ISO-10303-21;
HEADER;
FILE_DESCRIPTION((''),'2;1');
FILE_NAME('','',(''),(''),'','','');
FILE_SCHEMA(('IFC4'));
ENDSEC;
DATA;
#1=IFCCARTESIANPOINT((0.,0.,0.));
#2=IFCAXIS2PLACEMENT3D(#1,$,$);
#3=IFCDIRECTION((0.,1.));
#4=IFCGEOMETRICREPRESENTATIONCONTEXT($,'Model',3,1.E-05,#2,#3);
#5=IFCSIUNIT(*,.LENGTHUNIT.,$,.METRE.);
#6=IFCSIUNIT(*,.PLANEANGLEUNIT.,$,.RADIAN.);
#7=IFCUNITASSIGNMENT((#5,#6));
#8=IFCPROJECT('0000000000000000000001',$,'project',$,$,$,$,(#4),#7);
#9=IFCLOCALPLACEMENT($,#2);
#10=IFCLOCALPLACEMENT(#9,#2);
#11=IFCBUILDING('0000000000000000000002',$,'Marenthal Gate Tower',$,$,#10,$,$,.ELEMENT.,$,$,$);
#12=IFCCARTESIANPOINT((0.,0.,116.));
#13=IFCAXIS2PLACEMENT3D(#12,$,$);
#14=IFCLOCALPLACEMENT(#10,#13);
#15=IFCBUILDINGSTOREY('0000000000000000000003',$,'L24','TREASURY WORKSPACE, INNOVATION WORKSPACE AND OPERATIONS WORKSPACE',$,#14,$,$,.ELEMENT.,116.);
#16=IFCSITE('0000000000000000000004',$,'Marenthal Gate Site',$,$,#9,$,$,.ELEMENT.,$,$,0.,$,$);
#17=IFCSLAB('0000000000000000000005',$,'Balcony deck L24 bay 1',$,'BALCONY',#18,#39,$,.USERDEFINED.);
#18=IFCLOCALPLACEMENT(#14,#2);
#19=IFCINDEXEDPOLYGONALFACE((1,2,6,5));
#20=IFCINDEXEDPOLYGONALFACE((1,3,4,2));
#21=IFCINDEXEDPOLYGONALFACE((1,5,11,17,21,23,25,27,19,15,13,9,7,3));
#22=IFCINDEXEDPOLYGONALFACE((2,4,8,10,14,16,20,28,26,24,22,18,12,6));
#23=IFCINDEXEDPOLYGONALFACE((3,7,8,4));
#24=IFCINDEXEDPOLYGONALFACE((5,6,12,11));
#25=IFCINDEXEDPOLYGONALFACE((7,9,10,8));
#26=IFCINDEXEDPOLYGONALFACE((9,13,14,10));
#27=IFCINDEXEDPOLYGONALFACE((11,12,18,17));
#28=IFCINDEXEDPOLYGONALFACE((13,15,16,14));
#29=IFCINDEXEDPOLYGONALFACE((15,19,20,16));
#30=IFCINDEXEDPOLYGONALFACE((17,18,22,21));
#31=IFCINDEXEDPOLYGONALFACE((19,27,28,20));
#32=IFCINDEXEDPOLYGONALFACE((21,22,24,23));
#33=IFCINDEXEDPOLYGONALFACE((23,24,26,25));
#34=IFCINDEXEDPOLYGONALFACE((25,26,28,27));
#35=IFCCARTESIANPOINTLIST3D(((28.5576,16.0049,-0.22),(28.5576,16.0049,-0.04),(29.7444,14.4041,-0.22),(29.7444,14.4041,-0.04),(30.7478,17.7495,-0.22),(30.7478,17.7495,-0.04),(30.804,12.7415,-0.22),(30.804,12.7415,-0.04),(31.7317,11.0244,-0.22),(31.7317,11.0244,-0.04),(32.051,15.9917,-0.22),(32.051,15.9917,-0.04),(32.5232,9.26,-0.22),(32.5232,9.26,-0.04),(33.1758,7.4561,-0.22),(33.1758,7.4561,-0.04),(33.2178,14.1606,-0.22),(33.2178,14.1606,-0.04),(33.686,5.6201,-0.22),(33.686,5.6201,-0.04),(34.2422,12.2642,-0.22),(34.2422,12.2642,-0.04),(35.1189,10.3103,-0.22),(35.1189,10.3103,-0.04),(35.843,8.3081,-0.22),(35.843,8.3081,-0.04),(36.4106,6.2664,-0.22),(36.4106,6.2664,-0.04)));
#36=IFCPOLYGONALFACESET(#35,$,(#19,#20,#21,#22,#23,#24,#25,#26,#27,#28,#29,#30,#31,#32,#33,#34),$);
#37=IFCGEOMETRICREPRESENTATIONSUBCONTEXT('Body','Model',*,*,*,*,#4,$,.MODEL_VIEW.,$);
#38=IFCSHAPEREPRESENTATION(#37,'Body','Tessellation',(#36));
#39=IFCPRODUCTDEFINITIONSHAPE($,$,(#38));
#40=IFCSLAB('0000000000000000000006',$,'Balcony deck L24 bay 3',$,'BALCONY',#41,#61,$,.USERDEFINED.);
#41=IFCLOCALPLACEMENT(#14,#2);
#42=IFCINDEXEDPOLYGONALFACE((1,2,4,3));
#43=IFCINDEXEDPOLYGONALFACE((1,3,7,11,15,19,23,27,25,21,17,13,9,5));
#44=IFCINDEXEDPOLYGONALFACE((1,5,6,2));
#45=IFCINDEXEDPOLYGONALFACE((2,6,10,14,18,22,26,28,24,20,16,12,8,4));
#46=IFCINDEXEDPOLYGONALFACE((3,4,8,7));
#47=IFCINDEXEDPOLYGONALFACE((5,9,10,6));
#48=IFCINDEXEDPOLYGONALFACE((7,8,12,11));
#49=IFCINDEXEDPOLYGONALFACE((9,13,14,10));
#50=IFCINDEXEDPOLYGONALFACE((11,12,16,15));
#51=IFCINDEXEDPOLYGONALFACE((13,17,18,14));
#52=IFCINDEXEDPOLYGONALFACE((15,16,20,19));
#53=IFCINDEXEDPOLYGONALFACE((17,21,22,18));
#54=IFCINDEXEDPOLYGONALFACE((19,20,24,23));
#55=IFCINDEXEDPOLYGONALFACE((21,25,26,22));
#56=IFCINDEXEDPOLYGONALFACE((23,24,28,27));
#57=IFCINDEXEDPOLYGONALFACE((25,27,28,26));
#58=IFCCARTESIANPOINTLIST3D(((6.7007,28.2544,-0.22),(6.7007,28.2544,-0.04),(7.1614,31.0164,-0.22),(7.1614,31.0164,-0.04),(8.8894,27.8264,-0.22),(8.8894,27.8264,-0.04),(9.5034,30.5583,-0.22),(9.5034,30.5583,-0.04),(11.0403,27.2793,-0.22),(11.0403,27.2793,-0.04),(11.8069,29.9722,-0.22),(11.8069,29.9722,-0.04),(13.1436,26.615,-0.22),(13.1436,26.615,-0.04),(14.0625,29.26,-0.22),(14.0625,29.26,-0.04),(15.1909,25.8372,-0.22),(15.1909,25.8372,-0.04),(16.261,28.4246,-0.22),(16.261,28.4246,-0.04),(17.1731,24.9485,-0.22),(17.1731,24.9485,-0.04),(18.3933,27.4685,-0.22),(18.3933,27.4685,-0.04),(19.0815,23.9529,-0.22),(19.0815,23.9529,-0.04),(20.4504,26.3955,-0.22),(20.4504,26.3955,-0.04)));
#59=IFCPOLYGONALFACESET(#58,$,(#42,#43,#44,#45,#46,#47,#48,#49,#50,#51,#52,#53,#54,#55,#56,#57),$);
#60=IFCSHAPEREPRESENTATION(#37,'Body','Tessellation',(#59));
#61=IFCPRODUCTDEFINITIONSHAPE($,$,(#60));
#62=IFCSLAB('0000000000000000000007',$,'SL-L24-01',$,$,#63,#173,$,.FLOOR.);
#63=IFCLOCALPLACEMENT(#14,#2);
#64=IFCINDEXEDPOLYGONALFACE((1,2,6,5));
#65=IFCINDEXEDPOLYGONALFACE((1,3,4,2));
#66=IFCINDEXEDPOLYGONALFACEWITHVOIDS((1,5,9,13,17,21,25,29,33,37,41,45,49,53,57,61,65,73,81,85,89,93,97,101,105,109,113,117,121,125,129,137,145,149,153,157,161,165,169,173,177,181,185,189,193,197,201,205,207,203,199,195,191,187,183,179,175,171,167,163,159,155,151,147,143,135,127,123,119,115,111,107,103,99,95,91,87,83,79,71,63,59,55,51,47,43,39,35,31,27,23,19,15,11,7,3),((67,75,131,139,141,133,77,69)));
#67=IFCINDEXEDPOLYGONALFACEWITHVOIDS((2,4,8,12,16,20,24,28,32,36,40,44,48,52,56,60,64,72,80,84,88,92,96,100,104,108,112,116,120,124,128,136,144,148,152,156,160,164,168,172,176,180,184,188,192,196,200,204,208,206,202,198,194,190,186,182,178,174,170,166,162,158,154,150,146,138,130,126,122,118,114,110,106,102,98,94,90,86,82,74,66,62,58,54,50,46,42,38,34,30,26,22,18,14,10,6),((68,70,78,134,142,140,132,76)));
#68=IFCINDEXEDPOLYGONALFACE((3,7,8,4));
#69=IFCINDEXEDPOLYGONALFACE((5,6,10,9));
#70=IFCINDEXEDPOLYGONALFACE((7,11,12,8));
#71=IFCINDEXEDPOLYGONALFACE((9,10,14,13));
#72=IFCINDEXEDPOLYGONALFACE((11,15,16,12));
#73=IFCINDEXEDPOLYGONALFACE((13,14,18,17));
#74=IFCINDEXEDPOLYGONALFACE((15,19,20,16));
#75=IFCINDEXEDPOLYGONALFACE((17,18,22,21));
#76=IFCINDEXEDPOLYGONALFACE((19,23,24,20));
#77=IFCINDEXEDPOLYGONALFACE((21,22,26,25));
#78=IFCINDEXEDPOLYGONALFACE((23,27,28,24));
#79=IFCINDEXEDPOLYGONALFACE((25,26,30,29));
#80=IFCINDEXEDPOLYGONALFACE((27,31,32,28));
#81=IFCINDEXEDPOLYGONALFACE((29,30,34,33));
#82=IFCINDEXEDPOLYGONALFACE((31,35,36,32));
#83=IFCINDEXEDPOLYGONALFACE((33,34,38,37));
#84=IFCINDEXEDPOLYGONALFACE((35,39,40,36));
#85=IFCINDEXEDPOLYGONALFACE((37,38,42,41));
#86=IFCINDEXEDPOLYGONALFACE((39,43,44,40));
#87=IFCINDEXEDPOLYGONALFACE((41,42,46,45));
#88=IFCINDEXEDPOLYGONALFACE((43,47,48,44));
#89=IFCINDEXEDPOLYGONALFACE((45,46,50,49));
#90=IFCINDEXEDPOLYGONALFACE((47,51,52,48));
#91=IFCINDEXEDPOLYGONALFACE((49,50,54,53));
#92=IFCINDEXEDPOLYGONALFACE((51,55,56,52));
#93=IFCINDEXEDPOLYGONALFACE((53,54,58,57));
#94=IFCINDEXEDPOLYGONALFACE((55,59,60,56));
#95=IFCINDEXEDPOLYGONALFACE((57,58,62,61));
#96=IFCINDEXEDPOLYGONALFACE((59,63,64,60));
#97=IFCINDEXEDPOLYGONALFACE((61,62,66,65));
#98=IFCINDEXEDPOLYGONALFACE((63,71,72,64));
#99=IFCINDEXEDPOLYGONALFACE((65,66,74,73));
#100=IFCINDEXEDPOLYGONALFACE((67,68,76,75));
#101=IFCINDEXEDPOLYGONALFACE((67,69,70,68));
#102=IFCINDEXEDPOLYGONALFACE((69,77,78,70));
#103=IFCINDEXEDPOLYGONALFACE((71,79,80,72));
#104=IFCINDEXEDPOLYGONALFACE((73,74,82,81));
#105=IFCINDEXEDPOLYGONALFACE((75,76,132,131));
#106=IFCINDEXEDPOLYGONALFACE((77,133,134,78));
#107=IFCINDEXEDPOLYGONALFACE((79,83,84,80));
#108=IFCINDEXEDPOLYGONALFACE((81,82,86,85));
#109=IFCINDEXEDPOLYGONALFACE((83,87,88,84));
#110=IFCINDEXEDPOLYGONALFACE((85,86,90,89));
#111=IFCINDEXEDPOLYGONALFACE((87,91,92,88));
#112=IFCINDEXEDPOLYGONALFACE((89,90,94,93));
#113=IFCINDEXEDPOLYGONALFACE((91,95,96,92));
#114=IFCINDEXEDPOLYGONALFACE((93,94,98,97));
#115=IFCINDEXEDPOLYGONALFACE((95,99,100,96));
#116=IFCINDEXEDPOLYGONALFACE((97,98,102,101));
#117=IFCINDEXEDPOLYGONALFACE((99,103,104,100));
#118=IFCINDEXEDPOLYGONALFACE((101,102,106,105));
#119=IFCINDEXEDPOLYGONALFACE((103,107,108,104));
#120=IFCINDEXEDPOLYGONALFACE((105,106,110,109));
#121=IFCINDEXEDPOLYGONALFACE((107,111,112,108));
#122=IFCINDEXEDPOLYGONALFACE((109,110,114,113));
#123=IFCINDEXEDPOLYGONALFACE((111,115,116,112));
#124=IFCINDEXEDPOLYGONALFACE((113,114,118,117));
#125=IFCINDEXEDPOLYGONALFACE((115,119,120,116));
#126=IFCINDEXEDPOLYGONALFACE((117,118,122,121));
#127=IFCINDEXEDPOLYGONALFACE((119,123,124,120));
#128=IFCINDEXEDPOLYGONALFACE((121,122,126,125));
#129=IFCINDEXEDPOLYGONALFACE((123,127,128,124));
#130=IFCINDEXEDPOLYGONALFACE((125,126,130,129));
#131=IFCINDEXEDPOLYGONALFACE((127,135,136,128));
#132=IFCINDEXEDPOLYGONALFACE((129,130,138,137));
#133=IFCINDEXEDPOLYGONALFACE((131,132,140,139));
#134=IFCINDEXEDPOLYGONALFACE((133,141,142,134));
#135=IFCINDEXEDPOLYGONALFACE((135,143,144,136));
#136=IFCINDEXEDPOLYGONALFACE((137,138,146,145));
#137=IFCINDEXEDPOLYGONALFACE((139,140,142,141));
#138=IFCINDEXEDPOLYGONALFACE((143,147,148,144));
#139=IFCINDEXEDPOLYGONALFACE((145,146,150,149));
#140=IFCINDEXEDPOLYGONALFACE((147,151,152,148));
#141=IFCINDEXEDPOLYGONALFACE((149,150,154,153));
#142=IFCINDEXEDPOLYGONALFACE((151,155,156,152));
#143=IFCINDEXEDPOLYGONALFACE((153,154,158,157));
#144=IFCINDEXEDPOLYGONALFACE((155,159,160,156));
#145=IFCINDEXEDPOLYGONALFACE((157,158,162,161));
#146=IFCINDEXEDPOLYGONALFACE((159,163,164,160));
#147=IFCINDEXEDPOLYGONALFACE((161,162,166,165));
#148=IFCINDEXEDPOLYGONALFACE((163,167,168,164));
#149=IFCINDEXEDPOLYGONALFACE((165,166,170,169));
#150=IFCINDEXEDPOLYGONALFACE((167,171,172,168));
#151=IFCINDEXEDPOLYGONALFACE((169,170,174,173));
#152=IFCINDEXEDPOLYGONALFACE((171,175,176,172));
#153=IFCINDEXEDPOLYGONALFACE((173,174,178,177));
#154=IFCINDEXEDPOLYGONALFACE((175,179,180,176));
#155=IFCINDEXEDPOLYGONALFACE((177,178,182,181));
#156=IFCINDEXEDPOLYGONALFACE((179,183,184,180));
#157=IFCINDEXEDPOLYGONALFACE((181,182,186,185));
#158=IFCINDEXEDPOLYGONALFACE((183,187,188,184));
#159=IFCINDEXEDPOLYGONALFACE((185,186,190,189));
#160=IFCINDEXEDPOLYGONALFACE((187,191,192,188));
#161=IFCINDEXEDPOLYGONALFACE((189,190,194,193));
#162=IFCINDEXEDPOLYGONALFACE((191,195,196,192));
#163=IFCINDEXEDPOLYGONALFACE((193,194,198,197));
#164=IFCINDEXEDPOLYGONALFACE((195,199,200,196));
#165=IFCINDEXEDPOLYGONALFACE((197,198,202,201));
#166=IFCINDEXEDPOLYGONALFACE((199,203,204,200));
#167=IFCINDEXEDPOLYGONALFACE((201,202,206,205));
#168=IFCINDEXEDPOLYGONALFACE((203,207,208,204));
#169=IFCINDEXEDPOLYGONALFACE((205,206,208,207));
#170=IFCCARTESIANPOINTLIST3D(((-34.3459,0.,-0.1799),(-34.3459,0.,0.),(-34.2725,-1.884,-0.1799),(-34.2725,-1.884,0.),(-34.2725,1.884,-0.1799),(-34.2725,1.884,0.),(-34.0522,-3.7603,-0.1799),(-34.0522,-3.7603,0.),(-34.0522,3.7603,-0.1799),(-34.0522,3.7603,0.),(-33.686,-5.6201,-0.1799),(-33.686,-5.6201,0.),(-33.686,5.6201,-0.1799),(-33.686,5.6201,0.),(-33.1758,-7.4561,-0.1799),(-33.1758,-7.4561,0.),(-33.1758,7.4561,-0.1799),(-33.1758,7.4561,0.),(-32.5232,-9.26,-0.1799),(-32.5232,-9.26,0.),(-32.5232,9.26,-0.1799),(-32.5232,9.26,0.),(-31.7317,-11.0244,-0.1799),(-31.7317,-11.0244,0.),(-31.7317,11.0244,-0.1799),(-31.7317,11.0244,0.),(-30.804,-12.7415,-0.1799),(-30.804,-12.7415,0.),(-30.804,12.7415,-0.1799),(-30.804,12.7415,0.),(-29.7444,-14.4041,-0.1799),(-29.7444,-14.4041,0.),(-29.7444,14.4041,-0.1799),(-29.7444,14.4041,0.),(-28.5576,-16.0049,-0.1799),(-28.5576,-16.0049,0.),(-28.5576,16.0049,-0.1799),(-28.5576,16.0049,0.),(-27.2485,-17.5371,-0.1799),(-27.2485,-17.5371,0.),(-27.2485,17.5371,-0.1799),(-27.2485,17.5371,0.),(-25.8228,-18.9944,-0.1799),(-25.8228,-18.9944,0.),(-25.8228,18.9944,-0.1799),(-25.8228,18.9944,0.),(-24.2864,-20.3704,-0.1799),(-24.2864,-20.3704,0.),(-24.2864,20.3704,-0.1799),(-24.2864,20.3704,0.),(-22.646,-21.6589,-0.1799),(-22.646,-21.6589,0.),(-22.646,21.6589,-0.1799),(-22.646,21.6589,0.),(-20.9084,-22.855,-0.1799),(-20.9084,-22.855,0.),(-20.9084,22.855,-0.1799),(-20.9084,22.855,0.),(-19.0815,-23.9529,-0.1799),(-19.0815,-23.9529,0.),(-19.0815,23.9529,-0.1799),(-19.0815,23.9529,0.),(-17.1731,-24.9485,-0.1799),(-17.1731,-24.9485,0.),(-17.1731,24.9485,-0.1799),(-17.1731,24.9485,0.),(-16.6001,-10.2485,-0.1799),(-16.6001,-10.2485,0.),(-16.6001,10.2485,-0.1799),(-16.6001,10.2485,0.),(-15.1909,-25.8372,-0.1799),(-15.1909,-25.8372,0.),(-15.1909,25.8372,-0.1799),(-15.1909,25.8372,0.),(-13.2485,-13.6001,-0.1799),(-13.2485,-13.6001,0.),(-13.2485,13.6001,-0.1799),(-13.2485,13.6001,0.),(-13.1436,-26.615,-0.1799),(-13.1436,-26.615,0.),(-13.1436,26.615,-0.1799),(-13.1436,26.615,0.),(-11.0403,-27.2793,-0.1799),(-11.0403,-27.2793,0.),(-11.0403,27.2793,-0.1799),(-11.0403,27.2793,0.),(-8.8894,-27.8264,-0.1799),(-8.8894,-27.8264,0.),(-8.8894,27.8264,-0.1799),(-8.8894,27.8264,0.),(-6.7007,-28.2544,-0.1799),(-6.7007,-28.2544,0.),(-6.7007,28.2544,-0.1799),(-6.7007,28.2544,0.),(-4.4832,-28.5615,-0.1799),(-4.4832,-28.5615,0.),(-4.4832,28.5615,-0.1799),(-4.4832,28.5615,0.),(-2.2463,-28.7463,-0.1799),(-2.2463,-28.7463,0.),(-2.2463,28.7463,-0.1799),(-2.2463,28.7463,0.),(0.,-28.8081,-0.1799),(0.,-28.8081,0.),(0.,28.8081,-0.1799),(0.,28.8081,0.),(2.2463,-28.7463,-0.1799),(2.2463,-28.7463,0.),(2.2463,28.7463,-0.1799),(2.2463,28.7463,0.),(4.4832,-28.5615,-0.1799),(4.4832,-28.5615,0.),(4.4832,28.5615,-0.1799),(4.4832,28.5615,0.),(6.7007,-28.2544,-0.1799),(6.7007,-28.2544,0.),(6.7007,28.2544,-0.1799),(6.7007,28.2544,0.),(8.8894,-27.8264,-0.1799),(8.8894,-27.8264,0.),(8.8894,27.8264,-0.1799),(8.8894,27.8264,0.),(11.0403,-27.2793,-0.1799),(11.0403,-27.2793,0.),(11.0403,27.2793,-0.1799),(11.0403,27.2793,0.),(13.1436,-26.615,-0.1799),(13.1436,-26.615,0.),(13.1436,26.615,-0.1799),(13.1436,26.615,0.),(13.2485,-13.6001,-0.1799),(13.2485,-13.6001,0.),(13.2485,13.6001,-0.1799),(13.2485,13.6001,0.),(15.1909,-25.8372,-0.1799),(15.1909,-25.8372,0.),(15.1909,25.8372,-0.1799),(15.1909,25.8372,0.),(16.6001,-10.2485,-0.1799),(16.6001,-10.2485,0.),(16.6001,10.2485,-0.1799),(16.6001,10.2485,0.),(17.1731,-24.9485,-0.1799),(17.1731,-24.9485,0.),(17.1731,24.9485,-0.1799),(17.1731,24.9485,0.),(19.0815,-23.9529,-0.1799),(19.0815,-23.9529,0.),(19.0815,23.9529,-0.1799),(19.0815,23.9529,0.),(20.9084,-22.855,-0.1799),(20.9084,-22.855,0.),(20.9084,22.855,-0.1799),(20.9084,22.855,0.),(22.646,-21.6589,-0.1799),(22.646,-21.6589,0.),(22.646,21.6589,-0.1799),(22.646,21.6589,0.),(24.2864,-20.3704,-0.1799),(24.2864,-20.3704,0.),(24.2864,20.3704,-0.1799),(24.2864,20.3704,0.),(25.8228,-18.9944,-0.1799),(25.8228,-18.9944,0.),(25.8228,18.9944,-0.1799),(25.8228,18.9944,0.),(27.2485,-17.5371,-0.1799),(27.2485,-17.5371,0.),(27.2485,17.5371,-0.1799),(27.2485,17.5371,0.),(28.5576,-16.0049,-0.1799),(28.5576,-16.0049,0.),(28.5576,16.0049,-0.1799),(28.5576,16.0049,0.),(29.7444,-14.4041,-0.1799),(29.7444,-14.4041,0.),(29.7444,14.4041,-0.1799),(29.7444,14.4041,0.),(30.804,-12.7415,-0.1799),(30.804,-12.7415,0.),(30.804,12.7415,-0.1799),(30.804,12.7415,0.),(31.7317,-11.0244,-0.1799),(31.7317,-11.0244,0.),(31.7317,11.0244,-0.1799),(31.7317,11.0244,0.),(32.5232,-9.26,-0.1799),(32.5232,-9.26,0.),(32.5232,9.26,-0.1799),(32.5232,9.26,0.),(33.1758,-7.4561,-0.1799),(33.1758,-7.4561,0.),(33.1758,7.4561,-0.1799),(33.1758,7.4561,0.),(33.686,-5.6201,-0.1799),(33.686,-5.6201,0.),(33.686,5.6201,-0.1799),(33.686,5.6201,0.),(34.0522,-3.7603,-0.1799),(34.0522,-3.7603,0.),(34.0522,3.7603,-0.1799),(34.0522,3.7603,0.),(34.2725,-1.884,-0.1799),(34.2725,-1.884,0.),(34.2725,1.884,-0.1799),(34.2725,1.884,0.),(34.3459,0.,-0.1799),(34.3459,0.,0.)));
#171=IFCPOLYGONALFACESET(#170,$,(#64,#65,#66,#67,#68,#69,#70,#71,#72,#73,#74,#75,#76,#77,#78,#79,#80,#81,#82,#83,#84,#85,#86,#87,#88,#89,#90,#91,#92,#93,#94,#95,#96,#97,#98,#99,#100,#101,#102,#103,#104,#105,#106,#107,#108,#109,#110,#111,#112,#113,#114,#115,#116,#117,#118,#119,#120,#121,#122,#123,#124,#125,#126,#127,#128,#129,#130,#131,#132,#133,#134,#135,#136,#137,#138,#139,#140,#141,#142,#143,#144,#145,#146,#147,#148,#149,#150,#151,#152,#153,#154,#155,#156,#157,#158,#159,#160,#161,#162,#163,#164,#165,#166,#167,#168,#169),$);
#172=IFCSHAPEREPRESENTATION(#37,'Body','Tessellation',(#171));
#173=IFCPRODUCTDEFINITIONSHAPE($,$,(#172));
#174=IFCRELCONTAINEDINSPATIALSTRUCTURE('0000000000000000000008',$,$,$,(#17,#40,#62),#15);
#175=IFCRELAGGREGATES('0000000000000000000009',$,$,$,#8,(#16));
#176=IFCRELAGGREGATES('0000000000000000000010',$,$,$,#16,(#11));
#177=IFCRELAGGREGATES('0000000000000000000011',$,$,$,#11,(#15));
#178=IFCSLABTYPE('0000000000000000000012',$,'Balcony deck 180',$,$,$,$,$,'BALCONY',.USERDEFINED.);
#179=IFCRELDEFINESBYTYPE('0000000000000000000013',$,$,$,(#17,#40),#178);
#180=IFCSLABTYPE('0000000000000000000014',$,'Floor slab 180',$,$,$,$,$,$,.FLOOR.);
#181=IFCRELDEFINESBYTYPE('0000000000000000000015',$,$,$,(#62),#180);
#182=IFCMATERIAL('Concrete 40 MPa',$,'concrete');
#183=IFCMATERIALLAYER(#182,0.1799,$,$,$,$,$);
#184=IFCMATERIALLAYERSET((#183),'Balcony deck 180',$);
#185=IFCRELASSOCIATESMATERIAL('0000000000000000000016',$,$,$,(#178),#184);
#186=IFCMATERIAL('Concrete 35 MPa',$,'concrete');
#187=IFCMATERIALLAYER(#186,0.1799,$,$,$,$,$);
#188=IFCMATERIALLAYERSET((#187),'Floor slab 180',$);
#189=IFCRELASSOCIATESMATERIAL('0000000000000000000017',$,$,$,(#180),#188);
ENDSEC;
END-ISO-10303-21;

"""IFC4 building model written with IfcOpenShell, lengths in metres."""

from ifc_helpers import new_model, si_unit, direction, frame, origin, place, context, subcontext, project, spatial, polyline, outline, extrude, material, layer, layer_set, type_object, element, save


model = new_model("IFC4")

# Units and contexts
model_context = context("Model", 3, precision=1e-05, world=origin(), true_north=direction((0.0, 1.0)))
body_context = subcontext(model_context, "Body", "Model", "MODEL_VIEW")
ifc_project = project(units=[si_unit("LENGTHUNIT", "METRE"), si_unit("PLANEANGLEUNIT", "RADIAN")], contexts=[model_context])

# Site, building, storey
site_placement = place(None, origin())
site = spatial("IfcSite", under=ifc_project, at=site_placement, Name="Marenthal Gate Site", CompositionType="ELEMENT", RefElevation=0.0)
building_placement = place(site_placement, origin())
building = spatial("IfcBuilding", under=site, at=building_placement, Name="Marenthal Gate Tower", CompositionType="ELEMENT")
storey_placement = place(building_placement, frame((0.0, 0.0, 116.0)))
storey = spatial("IfcBuildingStorey", under=building, at=storey_placement, Name="L24", Description="TREASURY WORKSPACE, INNOVATION WORKSPACE AND OPERATIONS WORKSPACE", CompositionType="ELEMENT", Elevation=116.0)

# Slabs
ifc_material_1 = material(Name="Concrete 40 MPa", Category="concrete")
ifc_layer_1 = layer(ifc_material_1, 0.1799)
ifc_layer_set_1 = layer_set([ifc_layer_1], Name="Balcony deck 180")
slab_type_1 = type_object("IfcSlabType", Name="Balcony deck 180", ElementType="BALCONY", PredefinedType="USERDEFINED", material=ifc_layer_set_1)
slab_1_placement = place(storey_placement, frame((0.0, 0.0, -0.22)))
element("IfcSlab", 1, at=slab_1_placement, inside=storey, type_object=slab_type_1, Name="Balcony deck L24 bay 1", ObjectType="BALCONY", PredefinedType="USERDEFINED", context=body_context, shape_type="SweptSolid", body=[
    extrude(outline(polyline([(33.686, 5.6201), (33.1758, 7.4561), (32.5232, 9.26), (31.7317, 11.0244), (30.804, 12.7415), (29.7444, 14.4041), (28.5576, 16.0049), (30.7478, 17.7495), (32.051, 15.9917), (33.2178, 14.1606), (34.2422, 12.2642), (35.1189, 10.3103), (35.843, 8.3081), (36.4106, 6.2664), (33.686, 5.6201)])), origin(), (0.0, 0.0, 1.0), 0.1799),
])
slab_2_placement = place(storey_placement, frame((0.0, 0.0, -0.22)))
element("IfcSlab", 2, at=slab_2_placement, inside=storey, type_object=slab_type_1, Name="Balcony deck L24 bay 3", ObjectType="BALCONY", PredefinedType="USERDEFINED", context=body_context, shape_type="SweptSolid", body=[
    extrude(outline(polyline([(19.0815, 23.9529), (17.1731, 24.9485), (15.1909, 25.8372), (13.1436, 26.615), (11.0403, 27.2793), (8.8894, 27.8264), (6.7007, 28.2544), (7.1614, 31.0164), (9.5034, 30.5583), (11.8069, 29.9722), (14.0625, 29.26), (16.261, 28.4246), (18.3933, 27.4685), (20.4504, 26.3955), (19.0815, 23.9529)])), origin(), (0.0, 0.0, 1.0), 0.1799),
])
ifc_material_2 = material(Name="Concrete 35 MPa", Category="concrete")
ifc_layer_2 = layer(ifc_material_2, 0.1799)
ifc_layer_set_2 = layer_set([ifc_layer_2], Name="Floor slab 180")
slab_type_2 = type_object("IfcSlabType", Name="Floor slab 180", PredefinedType="FLOOR", material=ifc_layer_set_2)
slab_3_placement = place(storey_placement, frame((0.0, 0.0, -0.1799)))
element("IfcSlab", 3, at=slab_3_placement, inside=storey, type_object=slab_type_2, Name="SL-L24-01", PredefinedType="FLOOR", context=body_context, shape_type="SweptSolid", body=[
    extrude(outline(polyline([(34.3459, 0.0), (34.2725, 1.884), (34.0522, 3.7603), (33.686, 5.6201), (33.1758, 7.4561), (32.5232, 9.26), (31.7317, 11.0244), (30.804, 12.7415), (29.7444, 14.4041), (28.5576, 16.0049), (27.2485, 17.5371), (25.8228, 18.9944), (24.2864, 20.3704), (22.646, 21.6589), (20.9084, 22.855), (19.0815, 23.9529), (17.1731, 24.9485), (15.1909, 25.8372), (13.1436, 26.615), (11.0403, 27.2793), (8.8894, 27.8264), (6.7007, 28.2544), (4.4832, 28.5615), (2.2463, 28.7463), (0.0, 28.8081), (-2.2463, 28.7463), (-4.4832, 28.5615), (-6.7007, 28.2544), (-8.8894, 27.8264), (-11.0403, 27.2793), (-13.1436, 26.615), (-15.1909, 25.8372), (-17.1731, 24.9485), (-19.0815, 23.9529), (-20.9084, 22.855), (-22.646, 21.6589), (-24.2864, 20.3704), (-25.8228, 18.9944), (-27.2485, 17.5371), (-28.5576, 16.0049), (-29.7444, 14.4041), (-30.804, 12.7415), (-31.7317, 11.0244), (-32.5232, 9.26), (-33.1758, 7.4561), (-33.686, 5.6201), (-34.0522, 3.7603), (-34.2725, 1.884), (-34.3459, 0.0), (-34.2725, -1.884), (-34.0522, -3.7603), (-33.686, -5.6201), (-33.1758, -7.4561), (-32.5232, -9.26), (-31.7317, -11.0244), (-30.804, -12.7415), (-29.7444, -14.4041), (-28.5576, -16.0049), (-27.2485, -17.5371), (-25.8228, -18.9944), (-24.2864, -20.3704), (-22.646, -21.6589), (-20.9084, -22.855), (-19.0815, -23.9529), (-17.1731, -24.9485), (-15.1909, -25.8372), (-13.1436, -26.615), (-11.0403, -27.2793), (-8.8894, -27.8264), (-6.7007, -28.2544), (-4.4832, -28.5615), (-2.2463, -28.7463), (0.0, -28.8081), (2.2463, -28.7463), (4.4832, -28.5615), (6.7007, -28.2544), (8.8894, -27.8264), (11.0403, -27.2793), (13.1436, -26.615), (15.1909, -25.8372), (17.1731, -24.9485), (19.0815, -23.9529), (20.9084, -22.855), (22.646, -21.6589), (24.2864, -20.3704), (25.8228, -18.9944), (27.2485, -17.5371), (28.5576, -16.0049), (29.7444, -14.4041), (30.804, -12.7415), (31.7317, -11.0244), (32.5232, -9.26), (33.1758, -7.4561), (33.686, -5.6201), (34.0522, -3.7603), (34.2725, -1.884), (34.3459, 0.0)]), holes=[polyline([(13.2485, -13.6001), (16.6001, -10.2485), (16.6001, 10.2485), (13.2485, 13.6001), (-13.2485, 13.6001), (-16.6001, 10.2485), (-16.6001, -10.2485), (-13.2485, -13.6001), (13.2485, -13.6001)])]), origin(), (0.0, 0.0, 1.0), 0.1799),
])

save(model, "model.ifc")
